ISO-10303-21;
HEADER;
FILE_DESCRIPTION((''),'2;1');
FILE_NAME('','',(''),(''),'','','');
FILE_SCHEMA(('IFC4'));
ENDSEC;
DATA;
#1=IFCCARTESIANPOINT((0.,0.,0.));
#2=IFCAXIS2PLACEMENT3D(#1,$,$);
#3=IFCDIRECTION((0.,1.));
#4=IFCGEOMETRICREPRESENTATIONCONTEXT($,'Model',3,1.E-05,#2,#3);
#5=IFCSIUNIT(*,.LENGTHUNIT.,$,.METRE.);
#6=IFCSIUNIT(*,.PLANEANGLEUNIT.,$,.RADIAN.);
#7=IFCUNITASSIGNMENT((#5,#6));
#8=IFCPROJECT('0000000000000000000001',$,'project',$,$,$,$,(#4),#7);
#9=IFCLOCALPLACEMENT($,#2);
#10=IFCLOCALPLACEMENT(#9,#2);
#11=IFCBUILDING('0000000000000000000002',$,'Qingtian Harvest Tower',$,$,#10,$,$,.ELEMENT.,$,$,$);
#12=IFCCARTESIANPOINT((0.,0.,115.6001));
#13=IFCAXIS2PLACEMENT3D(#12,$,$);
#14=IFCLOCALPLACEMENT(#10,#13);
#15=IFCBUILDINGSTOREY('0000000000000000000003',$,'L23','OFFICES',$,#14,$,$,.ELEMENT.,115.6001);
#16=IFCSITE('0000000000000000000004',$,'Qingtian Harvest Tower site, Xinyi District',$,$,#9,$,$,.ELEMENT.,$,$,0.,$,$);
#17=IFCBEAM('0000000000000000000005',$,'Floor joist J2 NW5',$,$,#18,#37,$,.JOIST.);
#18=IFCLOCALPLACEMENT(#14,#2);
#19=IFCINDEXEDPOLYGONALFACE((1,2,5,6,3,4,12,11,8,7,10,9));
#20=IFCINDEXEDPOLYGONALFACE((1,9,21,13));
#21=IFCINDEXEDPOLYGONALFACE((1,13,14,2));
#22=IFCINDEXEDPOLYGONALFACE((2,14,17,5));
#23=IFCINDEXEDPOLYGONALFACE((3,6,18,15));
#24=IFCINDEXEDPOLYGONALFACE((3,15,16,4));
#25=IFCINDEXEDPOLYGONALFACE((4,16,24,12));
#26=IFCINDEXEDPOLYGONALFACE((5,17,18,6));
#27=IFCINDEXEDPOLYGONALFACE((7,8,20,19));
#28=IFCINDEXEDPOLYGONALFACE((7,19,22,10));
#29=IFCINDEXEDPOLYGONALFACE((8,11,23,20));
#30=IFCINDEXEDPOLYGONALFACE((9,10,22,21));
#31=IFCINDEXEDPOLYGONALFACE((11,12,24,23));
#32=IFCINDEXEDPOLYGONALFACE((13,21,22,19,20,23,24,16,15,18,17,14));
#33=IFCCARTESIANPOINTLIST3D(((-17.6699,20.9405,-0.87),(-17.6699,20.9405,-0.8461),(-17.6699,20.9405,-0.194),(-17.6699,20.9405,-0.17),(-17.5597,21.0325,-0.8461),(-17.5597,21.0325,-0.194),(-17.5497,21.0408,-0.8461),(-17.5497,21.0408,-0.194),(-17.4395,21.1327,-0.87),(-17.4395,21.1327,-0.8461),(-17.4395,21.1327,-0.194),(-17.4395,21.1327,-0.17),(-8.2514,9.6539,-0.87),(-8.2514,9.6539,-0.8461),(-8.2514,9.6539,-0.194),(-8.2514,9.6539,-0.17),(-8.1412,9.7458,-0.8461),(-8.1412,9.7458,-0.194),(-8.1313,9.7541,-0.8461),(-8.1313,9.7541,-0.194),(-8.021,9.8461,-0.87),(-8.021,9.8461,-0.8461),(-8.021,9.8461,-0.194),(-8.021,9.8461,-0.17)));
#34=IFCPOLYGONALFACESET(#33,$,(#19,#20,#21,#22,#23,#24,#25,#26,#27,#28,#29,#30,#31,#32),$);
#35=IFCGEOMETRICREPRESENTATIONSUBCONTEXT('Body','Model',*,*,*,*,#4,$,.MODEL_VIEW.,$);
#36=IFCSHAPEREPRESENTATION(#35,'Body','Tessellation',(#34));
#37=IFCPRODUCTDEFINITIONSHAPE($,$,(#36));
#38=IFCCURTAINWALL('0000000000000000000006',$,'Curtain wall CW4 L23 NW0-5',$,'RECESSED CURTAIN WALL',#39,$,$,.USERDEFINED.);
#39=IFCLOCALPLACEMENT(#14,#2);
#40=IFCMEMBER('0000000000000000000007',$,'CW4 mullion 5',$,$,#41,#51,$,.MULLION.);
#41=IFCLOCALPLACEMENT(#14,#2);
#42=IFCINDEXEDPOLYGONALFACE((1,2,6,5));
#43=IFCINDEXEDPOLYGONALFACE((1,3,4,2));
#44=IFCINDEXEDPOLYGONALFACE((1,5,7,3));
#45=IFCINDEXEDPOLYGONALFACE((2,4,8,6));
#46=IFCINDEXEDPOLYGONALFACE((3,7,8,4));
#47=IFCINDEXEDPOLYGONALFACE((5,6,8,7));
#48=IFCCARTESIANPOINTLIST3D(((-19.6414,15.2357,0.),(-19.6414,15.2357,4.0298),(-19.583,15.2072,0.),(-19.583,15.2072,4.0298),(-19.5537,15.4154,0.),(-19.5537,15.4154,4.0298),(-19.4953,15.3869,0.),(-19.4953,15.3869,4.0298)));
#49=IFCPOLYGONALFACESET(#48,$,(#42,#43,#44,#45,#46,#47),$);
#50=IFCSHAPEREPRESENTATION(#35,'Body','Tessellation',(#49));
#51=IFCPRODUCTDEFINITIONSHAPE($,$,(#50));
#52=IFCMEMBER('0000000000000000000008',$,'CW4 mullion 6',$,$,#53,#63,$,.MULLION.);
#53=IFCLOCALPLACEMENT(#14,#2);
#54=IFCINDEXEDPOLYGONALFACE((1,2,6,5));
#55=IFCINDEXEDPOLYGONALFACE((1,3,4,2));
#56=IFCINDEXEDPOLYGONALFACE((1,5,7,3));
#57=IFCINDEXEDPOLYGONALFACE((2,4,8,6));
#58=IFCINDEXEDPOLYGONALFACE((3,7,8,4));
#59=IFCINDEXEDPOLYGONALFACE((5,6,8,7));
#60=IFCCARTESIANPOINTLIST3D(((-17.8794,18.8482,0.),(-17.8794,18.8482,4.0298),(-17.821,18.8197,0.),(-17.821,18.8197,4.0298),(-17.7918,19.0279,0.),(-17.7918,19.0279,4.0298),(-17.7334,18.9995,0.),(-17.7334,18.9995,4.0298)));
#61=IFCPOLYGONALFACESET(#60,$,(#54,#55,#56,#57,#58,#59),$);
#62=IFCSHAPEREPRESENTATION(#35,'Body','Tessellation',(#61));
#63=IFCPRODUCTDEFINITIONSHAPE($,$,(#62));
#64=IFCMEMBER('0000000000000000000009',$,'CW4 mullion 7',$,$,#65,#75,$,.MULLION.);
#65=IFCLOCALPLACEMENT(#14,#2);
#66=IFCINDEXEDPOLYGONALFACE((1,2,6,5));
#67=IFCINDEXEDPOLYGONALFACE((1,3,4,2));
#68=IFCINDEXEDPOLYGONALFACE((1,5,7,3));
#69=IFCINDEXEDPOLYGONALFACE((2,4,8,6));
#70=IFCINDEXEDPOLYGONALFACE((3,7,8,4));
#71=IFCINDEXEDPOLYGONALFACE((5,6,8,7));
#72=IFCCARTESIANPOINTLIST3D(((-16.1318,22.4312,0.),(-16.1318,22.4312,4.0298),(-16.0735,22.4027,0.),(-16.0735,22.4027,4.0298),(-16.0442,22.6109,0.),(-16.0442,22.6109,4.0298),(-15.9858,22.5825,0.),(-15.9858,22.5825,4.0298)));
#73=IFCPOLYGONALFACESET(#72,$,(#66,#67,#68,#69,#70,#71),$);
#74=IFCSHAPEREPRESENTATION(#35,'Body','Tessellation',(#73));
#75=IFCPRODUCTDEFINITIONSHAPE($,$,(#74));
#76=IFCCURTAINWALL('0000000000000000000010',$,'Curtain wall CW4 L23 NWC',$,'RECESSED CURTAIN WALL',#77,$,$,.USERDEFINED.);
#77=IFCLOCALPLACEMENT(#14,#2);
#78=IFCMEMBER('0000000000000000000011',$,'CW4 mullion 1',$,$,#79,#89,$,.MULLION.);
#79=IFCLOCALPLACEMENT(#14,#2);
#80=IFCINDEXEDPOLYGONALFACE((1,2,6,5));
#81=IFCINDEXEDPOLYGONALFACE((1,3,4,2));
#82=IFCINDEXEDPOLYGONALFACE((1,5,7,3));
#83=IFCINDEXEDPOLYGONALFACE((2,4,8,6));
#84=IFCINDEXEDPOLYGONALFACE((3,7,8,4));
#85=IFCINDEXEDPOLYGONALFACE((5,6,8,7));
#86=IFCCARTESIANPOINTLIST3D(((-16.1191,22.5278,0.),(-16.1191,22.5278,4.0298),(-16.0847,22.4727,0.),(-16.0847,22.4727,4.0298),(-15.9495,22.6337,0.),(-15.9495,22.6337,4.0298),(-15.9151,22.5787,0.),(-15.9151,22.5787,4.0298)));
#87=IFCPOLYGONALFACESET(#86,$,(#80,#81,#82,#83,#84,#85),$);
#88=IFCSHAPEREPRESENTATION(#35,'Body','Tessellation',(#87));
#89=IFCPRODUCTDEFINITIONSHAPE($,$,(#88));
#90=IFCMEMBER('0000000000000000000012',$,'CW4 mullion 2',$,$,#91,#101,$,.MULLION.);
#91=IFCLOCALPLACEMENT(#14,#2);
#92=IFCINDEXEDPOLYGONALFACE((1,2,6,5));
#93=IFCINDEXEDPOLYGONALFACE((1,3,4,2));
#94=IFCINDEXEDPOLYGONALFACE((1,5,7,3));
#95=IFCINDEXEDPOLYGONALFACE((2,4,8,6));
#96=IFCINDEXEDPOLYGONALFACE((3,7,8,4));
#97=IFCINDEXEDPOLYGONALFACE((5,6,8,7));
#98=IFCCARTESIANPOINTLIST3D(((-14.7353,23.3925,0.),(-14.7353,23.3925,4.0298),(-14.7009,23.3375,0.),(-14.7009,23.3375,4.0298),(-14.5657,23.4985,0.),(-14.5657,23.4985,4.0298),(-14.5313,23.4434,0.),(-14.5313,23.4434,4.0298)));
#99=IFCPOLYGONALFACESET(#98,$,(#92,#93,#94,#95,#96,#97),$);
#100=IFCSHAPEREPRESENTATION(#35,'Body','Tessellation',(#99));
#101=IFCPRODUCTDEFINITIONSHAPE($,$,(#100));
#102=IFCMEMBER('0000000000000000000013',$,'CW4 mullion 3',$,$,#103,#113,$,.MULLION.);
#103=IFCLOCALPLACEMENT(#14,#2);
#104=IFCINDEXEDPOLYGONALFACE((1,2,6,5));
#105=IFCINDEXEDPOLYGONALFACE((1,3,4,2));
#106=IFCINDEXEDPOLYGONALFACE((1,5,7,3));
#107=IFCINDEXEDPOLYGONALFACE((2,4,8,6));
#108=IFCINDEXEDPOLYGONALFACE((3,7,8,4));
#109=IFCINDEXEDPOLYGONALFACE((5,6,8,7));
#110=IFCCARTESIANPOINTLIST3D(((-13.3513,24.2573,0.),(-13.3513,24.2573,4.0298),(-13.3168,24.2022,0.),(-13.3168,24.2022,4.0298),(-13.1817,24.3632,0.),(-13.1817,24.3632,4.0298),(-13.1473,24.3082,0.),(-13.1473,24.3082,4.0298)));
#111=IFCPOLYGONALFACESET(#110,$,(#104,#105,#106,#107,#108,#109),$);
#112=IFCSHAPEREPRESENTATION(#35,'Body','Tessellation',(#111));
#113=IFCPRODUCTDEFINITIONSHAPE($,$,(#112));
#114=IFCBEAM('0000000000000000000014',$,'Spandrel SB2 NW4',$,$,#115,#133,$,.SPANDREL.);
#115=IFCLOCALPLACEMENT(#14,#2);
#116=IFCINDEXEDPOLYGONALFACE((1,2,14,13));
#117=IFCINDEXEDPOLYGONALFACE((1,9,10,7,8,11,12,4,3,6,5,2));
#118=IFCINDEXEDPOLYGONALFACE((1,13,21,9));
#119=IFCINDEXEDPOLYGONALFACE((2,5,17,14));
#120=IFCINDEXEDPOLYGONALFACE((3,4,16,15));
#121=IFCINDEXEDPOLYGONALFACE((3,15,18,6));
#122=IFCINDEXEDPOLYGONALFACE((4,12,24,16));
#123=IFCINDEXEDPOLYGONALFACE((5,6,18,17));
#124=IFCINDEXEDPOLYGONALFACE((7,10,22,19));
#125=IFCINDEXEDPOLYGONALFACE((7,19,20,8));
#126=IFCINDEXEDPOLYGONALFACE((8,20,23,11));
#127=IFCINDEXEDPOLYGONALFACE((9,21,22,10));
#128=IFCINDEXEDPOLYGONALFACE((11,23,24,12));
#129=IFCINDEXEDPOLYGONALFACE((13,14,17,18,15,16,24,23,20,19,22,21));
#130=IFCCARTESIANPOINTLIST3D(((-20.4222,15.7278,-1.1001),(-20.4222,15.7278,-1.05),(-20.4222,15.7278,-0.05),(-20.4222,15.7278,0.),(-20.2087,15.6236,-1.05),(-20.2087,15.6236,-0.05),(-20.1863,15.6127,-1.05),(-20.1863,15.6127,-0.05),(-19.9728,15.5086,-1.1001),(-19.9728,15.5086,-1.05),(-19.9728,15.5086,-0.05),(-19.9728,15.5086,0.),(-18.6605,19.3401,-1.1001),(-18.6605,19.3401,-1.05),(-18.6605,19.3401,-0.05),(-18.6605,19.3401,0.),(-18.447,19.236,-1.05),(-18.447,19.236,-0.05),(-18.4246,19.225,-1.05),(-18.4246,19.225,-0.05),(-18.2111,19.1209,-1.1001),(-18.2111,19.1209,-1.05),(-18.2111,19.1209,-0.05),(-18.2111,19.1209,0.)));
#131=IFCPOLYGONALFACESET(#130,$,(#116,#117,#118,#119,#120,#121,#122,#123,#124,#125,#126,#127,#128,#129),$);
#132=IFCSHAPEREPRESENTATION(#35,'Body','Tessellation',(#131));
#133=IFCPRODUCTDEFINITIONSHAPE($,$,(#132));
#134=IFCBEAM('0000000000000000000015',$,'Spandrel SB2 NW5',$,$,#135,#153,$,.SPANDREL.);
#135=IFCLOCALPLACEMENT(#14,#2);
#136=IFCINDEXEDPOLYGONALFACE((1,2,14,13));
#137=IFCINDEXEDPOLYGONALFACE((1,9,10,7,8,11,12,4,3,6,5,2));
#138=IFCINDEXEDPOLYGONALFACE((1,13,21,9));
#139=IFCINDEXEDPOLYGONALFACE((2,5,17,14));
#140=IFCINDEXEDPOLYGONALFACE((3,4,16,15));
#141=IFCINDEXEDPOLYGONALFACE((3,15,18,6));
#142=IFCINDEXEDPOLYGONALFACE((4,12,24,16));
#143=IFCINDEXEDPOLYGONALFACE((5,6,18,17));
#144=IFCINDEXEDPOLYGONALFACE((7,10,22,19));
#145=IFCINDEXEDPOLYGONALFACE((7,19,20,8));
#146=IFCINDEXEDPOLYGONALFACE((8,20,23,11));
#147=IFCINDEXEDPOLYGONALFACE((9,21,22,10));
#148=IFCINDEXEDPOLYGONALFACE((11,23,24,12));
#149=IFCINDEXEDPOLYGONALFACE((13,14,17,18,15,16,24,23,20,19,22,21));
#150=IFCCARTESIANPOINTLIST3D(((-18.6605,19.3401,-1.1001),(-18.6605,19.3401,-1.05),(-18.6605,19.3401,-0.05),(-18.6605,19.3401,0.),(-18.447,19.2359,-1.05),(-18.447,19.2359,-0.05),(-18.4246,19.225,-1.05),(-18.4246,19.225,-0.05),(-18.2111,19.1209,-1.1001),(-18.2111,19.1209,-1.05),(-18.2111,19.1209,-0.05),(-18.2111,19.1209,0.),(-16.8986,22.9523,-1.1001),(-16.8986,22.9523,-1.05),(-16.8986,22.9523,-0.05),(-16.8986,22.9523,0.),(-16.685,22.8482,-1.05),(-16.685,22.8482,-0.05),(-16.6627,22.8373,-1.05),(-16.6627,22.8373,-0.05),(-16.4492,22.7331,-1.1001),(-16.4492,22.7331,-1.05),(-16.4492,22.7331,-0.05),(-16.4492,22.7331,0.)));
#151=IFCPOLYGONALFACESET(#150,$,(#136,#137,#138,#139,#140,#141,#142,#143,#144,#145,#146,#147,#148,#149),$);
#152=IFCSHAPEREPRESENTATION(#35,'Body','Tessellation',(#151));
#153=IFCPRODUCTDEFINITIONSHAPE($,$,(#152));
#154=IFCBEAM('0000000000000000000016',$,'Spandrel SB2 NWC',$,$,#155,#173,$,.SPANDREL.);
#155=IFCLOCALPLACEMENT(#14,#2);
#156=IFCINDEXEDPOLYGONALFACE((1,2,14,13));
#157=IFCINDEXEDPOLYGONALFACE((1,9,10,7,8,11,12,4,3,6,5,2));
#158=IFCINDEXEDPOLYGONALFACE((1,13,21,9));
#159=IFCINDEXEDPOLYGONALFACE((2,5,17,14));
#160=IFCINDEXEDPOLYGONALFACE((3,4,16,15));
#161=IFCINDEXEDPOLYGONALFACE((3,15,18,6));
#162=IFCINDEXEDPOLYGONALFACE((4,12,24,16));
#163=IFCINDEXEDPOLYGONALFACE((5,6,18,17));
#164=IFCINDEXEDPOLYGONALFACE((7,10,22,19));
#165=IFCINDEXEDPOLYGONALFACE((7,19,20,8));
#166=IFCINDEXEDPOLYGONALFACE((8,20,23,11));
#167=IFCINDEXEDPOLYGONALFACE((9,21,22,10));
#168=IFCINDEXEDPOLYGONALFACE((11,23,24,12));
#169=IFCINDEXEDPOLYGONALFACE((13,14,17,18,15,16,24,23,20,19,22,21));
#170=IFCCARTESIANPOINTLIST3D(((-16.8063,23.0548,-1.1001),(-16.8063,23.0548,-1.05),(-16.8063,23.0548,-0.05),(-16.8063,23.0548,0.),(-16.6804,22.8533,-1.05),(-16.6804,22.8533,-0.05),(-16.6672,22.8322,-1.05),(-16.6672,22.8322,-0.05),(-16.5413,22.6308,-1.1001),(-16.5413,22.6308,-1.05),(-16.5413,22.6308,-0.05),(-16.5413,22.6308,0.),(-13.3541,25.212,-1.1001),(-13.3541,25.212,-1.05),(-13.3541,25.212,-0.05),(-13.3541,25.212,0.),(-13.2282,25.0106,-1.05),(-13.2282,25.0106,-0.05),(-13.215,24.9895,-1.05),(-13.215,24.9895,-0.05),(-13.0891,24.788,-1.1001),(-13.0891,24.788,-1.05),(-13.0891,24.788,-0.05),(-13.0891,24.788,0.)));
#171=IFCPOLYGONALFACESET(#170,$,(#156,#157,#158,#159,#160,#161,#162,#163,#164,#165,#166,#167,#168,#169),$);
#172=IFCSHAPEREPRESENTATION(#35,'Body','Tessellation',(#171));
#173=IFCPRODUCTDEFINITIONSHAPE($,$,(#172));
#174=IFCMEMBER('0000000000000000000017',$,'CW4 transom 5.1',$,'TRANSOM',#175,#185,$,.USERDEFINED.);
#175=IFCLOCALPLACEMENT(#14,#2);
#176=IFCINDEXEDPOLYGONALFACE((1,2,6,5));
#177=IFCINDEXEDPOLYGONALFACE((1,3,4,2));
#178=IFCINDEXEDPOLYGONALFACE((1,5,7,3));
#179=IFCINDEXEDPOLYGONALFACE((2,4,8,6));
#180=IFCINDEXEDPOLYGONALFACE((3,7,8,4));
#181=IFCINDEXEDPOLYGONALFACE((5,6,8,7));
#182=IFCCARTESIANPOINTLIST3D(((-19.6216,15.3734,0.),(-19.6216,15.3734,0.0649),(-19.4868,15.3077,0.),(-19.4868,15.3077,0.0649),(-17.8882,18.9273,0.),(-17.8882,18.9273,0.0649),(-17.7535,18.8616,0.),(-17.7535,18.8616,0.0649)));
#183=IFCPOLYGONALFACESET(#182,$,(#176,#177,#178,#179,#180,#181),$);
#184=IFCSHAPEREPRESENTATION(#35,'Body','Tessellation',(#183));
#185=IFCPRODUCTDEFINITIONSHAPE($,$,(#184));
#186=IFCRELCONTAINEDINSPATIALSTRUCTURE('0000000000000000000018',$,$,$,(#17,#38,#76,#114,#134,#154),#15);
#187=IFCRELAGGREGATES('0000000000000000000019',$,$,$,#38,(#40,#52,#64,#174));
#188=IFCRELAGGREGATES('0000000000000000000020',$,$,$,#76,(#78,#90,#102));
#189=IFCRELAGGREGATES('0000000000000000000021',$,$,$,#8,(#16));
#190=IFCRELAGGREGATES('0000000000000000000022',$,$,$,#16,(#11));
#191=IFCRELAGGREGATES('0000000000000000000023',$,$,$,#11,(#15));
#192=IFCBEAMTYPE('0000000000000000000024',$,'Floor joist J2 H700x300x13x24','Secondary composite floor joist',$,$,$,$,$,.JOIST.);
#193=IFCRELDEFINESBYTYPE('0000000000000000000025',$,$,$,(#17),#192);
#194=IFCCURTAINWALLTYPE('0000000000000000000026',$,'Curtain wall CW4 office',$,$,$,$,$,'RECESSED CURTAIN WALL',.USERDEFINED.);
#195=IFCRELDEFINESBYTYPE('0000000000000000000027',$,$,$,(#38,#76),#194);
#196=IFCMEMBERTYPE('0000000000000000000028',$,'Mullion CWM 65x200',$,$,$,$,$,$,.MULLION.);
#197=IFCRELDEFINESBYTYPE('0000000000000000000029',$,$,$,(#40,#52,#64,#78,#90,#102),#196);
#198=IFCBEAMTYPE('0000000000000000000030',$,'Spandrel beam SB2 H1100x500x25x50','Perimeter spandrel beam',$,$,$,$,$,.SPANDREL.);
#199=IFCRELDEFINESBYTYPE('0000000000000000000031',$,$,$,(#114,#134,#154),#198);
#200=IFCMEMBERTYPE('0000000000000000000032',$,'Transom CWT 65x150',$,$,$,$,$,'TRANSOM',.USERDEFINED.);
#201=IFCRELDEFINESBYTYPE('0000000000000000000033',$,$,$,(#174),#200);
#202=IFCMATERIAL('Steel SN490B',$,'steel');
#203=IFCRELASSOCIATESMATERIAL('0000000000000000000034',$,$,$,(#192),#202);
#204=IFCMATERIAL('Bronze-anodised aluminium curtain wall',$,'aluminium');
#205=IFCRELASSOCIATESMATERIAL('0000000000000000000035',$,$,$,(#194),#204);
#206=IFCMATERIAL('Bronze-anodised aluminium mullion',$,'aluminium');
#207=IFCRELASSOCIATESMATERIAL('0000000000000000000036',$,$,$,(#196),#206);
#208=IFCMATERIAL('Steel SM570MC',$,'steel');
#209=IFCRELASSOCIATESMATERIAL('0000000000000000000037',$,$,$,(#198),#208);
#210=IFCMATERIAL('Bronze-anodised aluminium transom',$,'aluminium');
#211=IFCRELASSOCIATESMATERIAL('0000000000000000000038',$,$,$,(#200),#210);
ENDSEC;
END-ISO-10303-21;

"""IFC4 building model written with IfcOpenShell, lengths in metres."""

from ifc_helpers import new_model, si_unit, direction, frame, origin, origin_2d, place, context, subcontext, project, spatial, rectangle, i_section, extrude, material, material_profile, profile_set, type_object, element, aggregate, save


model = new_model("IFC4")

# Units and contexts
model_context = context("Model", 3, precision=1e-05, world=origin(), true_north=direction((0.0, 1.0)))
body_context = subcontext(model_context, "Body", "Model", "MODEL_VIEW")
ifc_project = project(units=[si_unit("LENGTHUNIT", "METRE"), si_unit("PLANEANGLEUNIT", "RADIAN")], contexts=[model_context])

# Site, building, storey
site_placement = place(None, origin())
site = spatial("IfcSite", under=ifc_project, at=site_placement, Name="Qingtian Harvest Tower site, Xinyi District", CompositionType="ELEMENT", RefElevation=0.0)
building_placement = place(site_placement, origin())
building = spatial("IfcBuilding", under=site, at=building_placement, Name="Qingtian Harvest Tower", CompositionType="ELEMENT")
storey_placement = place(building_placement, frame((0.0, 0.0, 115.6001)))
storey = spatial("IfcBuildingStorey", under=building, at=storey_placement, Name="L23", Description="OFFICES", CompositionType="ELEMENT", Elevation=115.6001)

# Beam
ifc_material_1 = material(Name="Steel SN490B", Category="steel")
ifc_material_profile_1 = material_profile(ifc_material_1, i_section(OverallWidth=0.3, OverallDepth=0.7, WebThickness=0.0129, FlangeThickness=0.0239, at=origin_2d()), Name="H700x300x13x24")
ifc_profile_set_1 = profile_set([ifc_material_profile_1], Name="Steel SN490B")
beam_type_1 = type_object("IfcBeamType", Name="Floor joist J2 H700x300x13x24", Description="Secondary composite floor joist", PredefinedType="JOIST", material=ifc_profile_set_1)
beam_1_placement = place(storey_placement, frame((-17.5547, 21.0366, -0.52), z_axis=(0.640704, -0.767788, 0.0), x_axis=(0.767788, 0.640704, 0.0)))
element("IfcBeam", 1, at=beam_1_placement, inside=storey, type_object=beam_type_1, Name="Floor joist J2 NW5", PredefinedType="JOIST", context=body_context, shape_type="SweptSolid", body=[
    extrude(i_section(OverallWidth=0.3, OverallDepth=0.7, WebThickness=0.0129, FlangeThickness=0.0239, at=origin_2d()), origin(), (0.0, 0.0, 1.0), 14.7002),
])

# Curtain walls, members
ifc_material_2 = material(Name="Bronze-anodised aluminium curtain wall", Category="aluminium")
curtain_wall_type = type_object("IfcCurtainWallType", Name="Curtain wall CW4 office", ElementType="RECESSED CURTAIN WALL", PredefinedType="USERDEFINED", material=ifc_material_2)
curtain_wall_1_placement = place(storey_placement, origin())
curtain_wall_1 = element("IfcCurtainWall", 2, at=curtain_wall_1_placement, inside=storey, type_object=curtain_wall_type, Name="Curtain wall CW4 L23 NW0-5", ObjectType="RECESSED CURTAIN WALL", PredefinedType="USERDEFINED")
ifc_material_3 = material(Name="Bronze-anodised aluminium mullion", Category="aluminium")
ifc_material_profile_2 = material_profile(ifc_material_3, rectangle(XDim=0.0649, YDim=0.2, at=origin_2d()), Name="AL 65x200")
ifc_profile_set_2 = profile_set([ifc_material_profile_2], Name="Bronze-anodised aluminium mullion")
member_type_1 = type_object("IfcMemberType", Name="Mullion CWM 65x200", PredefinedType="MULLION", material=ifc_profile_set_2)
member_1_placement = place(storey_placement, frame((-19.5684, 15.3113, 0.0), z_axis=(0.0, 0.0, 1.0), x_axis=(-0.898794, 0.438371, 0.0)))
member_1 = element("IfcMember", 3, at=member_1_placement, type_object=member_type_1, Name="CW4 mullion 5", PredefinedType="MULLION", context=body_context, shape_type="SweptSolid", body=[
    extrude(rectangle(XDim=0.0649, YDim=0.2, at=origin_2d()), origin(), (0.0, 0.0, 1.0), 4.0298),
])
member_2_placement = place(storey_placement, frame((-17.8064, 18.9238, 0.0), z_axis=(0.0, 0.0, 1.0), x_axis=(-0.898794, 0.438371, 0.0)))
member_2 = element("IfcMember", 4, at=member_2_placement, type_object=member_type_1, Name="CW4 mullion 6", PredefinedType="MULLION", context=body_context, shape_type="SweptSolid", body=[
    extrude(rectangle(XDim=0.0649, YDim=0.2, at=origin_2d()), origin(), (0.0, 0.0, 1.0), 4.0298),
])
member_3_placement = place(storey_placement, frame((-16.0588, 22.5068, 0.0), z_axis=(0.0, 0.0, 1.0), x_axis=(-0.898794, 0.438371, 0.0)))
member_3 = element("IfcMember", 5, at=member_3_placement, type_object=member_type_1, Name="CW4 mullion 7", PredefinedType="MULLION", context=body_context, shape_type="SweptSolid", body=[
    extrude(rectangle(XDim=0.0649, YDim=0.2, at=origin_2d()), origin(), (0.0, 0.0, 1.0), 4.0298),
])
curtain_wall_2_placement = place(storey_placement, origin())
curtain_wall_2 = element("IfcCurtainWall", 6, at=curtain_wall_2_placement, inside=storey, type_object=curtain_wall_type, Name="Curtain wall CW4 L23 NWC", ObjectType="RECESSED CURTAIN WALL", PredefinedType="USERDEFINED")
member_4_placement = place(storey_placement, frame((-16.0171, 22.5532, 0.0), z_axis=(0.0, 0.0, 1.0), x_axis=(-0.529919, 0.848048, 0.0)))
member_4 = element("IfcMember", 7, at=member_4_placement, type_object=member_type_1, Name="CW4 mullion 1", PredefinedType="MULLION", context=body_context, shape_type="SweptSolid", body=[
    extrude(rectangle(XDim=0.0649, YDim=0.2, at=origin_2d()), origin(), (0.0, 0.0, 1.0), 4.0298),
])
member_5_placement = place(storey_placement, frame((-14.6333, 23.418, 0.0), z_axis=(0.0, 0.0, 1.0), x_axis=(-0.529919, 0.848048, 0.0)))
member_5 = element("IfcMember", 8, at=member_5_placement, type_object=member_type_1, Name="CW4 mullion 2", PredefinedType="MULLION", context=body_context, shape_type="SweptSolid", body=[
    extrude(rectangle(XDim=0.0649, YDim=0.2, at=origin_2d()), origin(), (0.0, 0.0, 1.0), 4.0298),
])
member_6_placement = place(storey_placement, frame((-13.2493, 24.2827, 0.0), z_axis=(0.0, 0.0, 1.0), x_axis=(-0.529919, 0.848048, 0.0)))
member_6 = element("IfcMember", 9, at=member_6_placement, type_object=member_type_1, Name="CW4 mullion 3", PredefinedType="MULLION", context=body_context, shape_type="SweptSolid", body=[
    extrude(rectangle(XDim=0.0649, YDim=0.2, at=origin_2d()), origin(), (0.0, 0.0, 1.0), 4.0298),
])

# Beams
ifc_material_4 = material(Name="Steel SM570MC", Category="steel")
ifc_material_profile_3 = material_profile(ifc_material_4, i_section(OverallWidth=0.5, OverallDepth=1.1001, WebThickness=0.0249, FlangeThickness=0.05, at=origin_2d()), Name="H1100x500x25x50")
ifc_profile_set_3 = profile_set([ifc_material_profile_3], Name="Steel SM570MC")
beam_type_2 = type_object("IfcBeamType", Name="Spandrel beam SB2 H1100x500x25x50", Description="Perimeter spandrel beam", PredefinedType="SPANDREL", material=ifc_profile_set_3)
for number, where, z_axis, x_axis, name in (
    (10, (-20.1975, 15.6182, -0.55), (0.438347, 0.898806, 0.0), (-0.898806, 0.438347, 0.0), "Spandrel SB2 NW4"),
    (11, (-18.4358, 19.2305, -0.55), (0.438396, 0.898782, 0.0), (-0.898782, 0.438396, 0.0), "Spandrel SB2 NW5"),
):
    element("IfcBeam", number, at=place(storey_placement, frame(where, z_axis=z_axis, x_axis=x_axis)), inside=storey, type_object=beam_type_2, Name=name, PredefinedType="SPANDREL", context=body_context, shape_type="SweptSolid", body=[
        extrude(i_section(OverallWidth=0.5, OverallDepth=1.1001, WebThickness=0.0249, FlangeThickness=0.05, at=origin_2d()), origin(), (0.0, 0.0, 1.0), 4.019),
    ])
beam_2_placement = place(storey_placement, frame((-16.6738, 22.8428, -0.55), z_axis=(0.848039, 0.529934, 0.0), x_axis=(-0.529934, 0.848039, 0.0)))
element("IfcBeam", 12, at=beam_2_placement, inside=storey, type_object=beam_type_2, Name="Spandrel SB2 NWC", PredefinedType="SPANDREL", context=body_context, shape_type="SweptSolid", body=[
    extrude(i_section(OverallWidth=0.5, OverallDepth=1.1001, WebThickness=0.0249, FlangeThickness=0.05, at=origin_2d()), origin(), (0.0, 0.0, 1.0), 4.0708),
])

# Member
ifc_material_5 = material(Name="Bronze-anodised aluminium transom", Category="aluminium")
ifc_material_profile_4 = material_profile(ifc_material_5, rectangle(XDim=0.1499, YDim=0.0649, at=origin_2d()), Name="AL 65x150")
ifc_profile_set_4 = profile_set([ifc_material_profile_4], Name="Bronze-anodised aluminium transom")
member_type_2 = type_object("IfcMemberType", Name="Transom CWT 65x150", ElementType="TRANSOM", PredefinedType="USERDEFINED", material=ifc_profile_set_4)
member_7_placement = place(storey_placement, frame((-19.5542, 15.3406, 0.0325), z_axis=(0.438375, 0.898792, 0.0), x_axis=(-0.898792, 0.438375, 0.0)))
member_7 = element("IfcMember", 13, at=member_7_placement, type_object=member_type_2, Name="CW4 transom 5.1", ObjectType="TRANSOM", PredefinedType="USERDEFINED", context=body_context, shape_type="SweptSolid", body=[
    extrude(rectangle(XDim=0.1499, YDim=0.0649, at=origin_2d()), origin(), (0.0, 0.0, 1.0), 3.9541),
])

aggregate(curtain_wall_1, [member_1, member_2, member_3, member_7])
aggregate(curtain_wall_2, [member_4, member_5, member_6])

save(model, "model.ifc")
